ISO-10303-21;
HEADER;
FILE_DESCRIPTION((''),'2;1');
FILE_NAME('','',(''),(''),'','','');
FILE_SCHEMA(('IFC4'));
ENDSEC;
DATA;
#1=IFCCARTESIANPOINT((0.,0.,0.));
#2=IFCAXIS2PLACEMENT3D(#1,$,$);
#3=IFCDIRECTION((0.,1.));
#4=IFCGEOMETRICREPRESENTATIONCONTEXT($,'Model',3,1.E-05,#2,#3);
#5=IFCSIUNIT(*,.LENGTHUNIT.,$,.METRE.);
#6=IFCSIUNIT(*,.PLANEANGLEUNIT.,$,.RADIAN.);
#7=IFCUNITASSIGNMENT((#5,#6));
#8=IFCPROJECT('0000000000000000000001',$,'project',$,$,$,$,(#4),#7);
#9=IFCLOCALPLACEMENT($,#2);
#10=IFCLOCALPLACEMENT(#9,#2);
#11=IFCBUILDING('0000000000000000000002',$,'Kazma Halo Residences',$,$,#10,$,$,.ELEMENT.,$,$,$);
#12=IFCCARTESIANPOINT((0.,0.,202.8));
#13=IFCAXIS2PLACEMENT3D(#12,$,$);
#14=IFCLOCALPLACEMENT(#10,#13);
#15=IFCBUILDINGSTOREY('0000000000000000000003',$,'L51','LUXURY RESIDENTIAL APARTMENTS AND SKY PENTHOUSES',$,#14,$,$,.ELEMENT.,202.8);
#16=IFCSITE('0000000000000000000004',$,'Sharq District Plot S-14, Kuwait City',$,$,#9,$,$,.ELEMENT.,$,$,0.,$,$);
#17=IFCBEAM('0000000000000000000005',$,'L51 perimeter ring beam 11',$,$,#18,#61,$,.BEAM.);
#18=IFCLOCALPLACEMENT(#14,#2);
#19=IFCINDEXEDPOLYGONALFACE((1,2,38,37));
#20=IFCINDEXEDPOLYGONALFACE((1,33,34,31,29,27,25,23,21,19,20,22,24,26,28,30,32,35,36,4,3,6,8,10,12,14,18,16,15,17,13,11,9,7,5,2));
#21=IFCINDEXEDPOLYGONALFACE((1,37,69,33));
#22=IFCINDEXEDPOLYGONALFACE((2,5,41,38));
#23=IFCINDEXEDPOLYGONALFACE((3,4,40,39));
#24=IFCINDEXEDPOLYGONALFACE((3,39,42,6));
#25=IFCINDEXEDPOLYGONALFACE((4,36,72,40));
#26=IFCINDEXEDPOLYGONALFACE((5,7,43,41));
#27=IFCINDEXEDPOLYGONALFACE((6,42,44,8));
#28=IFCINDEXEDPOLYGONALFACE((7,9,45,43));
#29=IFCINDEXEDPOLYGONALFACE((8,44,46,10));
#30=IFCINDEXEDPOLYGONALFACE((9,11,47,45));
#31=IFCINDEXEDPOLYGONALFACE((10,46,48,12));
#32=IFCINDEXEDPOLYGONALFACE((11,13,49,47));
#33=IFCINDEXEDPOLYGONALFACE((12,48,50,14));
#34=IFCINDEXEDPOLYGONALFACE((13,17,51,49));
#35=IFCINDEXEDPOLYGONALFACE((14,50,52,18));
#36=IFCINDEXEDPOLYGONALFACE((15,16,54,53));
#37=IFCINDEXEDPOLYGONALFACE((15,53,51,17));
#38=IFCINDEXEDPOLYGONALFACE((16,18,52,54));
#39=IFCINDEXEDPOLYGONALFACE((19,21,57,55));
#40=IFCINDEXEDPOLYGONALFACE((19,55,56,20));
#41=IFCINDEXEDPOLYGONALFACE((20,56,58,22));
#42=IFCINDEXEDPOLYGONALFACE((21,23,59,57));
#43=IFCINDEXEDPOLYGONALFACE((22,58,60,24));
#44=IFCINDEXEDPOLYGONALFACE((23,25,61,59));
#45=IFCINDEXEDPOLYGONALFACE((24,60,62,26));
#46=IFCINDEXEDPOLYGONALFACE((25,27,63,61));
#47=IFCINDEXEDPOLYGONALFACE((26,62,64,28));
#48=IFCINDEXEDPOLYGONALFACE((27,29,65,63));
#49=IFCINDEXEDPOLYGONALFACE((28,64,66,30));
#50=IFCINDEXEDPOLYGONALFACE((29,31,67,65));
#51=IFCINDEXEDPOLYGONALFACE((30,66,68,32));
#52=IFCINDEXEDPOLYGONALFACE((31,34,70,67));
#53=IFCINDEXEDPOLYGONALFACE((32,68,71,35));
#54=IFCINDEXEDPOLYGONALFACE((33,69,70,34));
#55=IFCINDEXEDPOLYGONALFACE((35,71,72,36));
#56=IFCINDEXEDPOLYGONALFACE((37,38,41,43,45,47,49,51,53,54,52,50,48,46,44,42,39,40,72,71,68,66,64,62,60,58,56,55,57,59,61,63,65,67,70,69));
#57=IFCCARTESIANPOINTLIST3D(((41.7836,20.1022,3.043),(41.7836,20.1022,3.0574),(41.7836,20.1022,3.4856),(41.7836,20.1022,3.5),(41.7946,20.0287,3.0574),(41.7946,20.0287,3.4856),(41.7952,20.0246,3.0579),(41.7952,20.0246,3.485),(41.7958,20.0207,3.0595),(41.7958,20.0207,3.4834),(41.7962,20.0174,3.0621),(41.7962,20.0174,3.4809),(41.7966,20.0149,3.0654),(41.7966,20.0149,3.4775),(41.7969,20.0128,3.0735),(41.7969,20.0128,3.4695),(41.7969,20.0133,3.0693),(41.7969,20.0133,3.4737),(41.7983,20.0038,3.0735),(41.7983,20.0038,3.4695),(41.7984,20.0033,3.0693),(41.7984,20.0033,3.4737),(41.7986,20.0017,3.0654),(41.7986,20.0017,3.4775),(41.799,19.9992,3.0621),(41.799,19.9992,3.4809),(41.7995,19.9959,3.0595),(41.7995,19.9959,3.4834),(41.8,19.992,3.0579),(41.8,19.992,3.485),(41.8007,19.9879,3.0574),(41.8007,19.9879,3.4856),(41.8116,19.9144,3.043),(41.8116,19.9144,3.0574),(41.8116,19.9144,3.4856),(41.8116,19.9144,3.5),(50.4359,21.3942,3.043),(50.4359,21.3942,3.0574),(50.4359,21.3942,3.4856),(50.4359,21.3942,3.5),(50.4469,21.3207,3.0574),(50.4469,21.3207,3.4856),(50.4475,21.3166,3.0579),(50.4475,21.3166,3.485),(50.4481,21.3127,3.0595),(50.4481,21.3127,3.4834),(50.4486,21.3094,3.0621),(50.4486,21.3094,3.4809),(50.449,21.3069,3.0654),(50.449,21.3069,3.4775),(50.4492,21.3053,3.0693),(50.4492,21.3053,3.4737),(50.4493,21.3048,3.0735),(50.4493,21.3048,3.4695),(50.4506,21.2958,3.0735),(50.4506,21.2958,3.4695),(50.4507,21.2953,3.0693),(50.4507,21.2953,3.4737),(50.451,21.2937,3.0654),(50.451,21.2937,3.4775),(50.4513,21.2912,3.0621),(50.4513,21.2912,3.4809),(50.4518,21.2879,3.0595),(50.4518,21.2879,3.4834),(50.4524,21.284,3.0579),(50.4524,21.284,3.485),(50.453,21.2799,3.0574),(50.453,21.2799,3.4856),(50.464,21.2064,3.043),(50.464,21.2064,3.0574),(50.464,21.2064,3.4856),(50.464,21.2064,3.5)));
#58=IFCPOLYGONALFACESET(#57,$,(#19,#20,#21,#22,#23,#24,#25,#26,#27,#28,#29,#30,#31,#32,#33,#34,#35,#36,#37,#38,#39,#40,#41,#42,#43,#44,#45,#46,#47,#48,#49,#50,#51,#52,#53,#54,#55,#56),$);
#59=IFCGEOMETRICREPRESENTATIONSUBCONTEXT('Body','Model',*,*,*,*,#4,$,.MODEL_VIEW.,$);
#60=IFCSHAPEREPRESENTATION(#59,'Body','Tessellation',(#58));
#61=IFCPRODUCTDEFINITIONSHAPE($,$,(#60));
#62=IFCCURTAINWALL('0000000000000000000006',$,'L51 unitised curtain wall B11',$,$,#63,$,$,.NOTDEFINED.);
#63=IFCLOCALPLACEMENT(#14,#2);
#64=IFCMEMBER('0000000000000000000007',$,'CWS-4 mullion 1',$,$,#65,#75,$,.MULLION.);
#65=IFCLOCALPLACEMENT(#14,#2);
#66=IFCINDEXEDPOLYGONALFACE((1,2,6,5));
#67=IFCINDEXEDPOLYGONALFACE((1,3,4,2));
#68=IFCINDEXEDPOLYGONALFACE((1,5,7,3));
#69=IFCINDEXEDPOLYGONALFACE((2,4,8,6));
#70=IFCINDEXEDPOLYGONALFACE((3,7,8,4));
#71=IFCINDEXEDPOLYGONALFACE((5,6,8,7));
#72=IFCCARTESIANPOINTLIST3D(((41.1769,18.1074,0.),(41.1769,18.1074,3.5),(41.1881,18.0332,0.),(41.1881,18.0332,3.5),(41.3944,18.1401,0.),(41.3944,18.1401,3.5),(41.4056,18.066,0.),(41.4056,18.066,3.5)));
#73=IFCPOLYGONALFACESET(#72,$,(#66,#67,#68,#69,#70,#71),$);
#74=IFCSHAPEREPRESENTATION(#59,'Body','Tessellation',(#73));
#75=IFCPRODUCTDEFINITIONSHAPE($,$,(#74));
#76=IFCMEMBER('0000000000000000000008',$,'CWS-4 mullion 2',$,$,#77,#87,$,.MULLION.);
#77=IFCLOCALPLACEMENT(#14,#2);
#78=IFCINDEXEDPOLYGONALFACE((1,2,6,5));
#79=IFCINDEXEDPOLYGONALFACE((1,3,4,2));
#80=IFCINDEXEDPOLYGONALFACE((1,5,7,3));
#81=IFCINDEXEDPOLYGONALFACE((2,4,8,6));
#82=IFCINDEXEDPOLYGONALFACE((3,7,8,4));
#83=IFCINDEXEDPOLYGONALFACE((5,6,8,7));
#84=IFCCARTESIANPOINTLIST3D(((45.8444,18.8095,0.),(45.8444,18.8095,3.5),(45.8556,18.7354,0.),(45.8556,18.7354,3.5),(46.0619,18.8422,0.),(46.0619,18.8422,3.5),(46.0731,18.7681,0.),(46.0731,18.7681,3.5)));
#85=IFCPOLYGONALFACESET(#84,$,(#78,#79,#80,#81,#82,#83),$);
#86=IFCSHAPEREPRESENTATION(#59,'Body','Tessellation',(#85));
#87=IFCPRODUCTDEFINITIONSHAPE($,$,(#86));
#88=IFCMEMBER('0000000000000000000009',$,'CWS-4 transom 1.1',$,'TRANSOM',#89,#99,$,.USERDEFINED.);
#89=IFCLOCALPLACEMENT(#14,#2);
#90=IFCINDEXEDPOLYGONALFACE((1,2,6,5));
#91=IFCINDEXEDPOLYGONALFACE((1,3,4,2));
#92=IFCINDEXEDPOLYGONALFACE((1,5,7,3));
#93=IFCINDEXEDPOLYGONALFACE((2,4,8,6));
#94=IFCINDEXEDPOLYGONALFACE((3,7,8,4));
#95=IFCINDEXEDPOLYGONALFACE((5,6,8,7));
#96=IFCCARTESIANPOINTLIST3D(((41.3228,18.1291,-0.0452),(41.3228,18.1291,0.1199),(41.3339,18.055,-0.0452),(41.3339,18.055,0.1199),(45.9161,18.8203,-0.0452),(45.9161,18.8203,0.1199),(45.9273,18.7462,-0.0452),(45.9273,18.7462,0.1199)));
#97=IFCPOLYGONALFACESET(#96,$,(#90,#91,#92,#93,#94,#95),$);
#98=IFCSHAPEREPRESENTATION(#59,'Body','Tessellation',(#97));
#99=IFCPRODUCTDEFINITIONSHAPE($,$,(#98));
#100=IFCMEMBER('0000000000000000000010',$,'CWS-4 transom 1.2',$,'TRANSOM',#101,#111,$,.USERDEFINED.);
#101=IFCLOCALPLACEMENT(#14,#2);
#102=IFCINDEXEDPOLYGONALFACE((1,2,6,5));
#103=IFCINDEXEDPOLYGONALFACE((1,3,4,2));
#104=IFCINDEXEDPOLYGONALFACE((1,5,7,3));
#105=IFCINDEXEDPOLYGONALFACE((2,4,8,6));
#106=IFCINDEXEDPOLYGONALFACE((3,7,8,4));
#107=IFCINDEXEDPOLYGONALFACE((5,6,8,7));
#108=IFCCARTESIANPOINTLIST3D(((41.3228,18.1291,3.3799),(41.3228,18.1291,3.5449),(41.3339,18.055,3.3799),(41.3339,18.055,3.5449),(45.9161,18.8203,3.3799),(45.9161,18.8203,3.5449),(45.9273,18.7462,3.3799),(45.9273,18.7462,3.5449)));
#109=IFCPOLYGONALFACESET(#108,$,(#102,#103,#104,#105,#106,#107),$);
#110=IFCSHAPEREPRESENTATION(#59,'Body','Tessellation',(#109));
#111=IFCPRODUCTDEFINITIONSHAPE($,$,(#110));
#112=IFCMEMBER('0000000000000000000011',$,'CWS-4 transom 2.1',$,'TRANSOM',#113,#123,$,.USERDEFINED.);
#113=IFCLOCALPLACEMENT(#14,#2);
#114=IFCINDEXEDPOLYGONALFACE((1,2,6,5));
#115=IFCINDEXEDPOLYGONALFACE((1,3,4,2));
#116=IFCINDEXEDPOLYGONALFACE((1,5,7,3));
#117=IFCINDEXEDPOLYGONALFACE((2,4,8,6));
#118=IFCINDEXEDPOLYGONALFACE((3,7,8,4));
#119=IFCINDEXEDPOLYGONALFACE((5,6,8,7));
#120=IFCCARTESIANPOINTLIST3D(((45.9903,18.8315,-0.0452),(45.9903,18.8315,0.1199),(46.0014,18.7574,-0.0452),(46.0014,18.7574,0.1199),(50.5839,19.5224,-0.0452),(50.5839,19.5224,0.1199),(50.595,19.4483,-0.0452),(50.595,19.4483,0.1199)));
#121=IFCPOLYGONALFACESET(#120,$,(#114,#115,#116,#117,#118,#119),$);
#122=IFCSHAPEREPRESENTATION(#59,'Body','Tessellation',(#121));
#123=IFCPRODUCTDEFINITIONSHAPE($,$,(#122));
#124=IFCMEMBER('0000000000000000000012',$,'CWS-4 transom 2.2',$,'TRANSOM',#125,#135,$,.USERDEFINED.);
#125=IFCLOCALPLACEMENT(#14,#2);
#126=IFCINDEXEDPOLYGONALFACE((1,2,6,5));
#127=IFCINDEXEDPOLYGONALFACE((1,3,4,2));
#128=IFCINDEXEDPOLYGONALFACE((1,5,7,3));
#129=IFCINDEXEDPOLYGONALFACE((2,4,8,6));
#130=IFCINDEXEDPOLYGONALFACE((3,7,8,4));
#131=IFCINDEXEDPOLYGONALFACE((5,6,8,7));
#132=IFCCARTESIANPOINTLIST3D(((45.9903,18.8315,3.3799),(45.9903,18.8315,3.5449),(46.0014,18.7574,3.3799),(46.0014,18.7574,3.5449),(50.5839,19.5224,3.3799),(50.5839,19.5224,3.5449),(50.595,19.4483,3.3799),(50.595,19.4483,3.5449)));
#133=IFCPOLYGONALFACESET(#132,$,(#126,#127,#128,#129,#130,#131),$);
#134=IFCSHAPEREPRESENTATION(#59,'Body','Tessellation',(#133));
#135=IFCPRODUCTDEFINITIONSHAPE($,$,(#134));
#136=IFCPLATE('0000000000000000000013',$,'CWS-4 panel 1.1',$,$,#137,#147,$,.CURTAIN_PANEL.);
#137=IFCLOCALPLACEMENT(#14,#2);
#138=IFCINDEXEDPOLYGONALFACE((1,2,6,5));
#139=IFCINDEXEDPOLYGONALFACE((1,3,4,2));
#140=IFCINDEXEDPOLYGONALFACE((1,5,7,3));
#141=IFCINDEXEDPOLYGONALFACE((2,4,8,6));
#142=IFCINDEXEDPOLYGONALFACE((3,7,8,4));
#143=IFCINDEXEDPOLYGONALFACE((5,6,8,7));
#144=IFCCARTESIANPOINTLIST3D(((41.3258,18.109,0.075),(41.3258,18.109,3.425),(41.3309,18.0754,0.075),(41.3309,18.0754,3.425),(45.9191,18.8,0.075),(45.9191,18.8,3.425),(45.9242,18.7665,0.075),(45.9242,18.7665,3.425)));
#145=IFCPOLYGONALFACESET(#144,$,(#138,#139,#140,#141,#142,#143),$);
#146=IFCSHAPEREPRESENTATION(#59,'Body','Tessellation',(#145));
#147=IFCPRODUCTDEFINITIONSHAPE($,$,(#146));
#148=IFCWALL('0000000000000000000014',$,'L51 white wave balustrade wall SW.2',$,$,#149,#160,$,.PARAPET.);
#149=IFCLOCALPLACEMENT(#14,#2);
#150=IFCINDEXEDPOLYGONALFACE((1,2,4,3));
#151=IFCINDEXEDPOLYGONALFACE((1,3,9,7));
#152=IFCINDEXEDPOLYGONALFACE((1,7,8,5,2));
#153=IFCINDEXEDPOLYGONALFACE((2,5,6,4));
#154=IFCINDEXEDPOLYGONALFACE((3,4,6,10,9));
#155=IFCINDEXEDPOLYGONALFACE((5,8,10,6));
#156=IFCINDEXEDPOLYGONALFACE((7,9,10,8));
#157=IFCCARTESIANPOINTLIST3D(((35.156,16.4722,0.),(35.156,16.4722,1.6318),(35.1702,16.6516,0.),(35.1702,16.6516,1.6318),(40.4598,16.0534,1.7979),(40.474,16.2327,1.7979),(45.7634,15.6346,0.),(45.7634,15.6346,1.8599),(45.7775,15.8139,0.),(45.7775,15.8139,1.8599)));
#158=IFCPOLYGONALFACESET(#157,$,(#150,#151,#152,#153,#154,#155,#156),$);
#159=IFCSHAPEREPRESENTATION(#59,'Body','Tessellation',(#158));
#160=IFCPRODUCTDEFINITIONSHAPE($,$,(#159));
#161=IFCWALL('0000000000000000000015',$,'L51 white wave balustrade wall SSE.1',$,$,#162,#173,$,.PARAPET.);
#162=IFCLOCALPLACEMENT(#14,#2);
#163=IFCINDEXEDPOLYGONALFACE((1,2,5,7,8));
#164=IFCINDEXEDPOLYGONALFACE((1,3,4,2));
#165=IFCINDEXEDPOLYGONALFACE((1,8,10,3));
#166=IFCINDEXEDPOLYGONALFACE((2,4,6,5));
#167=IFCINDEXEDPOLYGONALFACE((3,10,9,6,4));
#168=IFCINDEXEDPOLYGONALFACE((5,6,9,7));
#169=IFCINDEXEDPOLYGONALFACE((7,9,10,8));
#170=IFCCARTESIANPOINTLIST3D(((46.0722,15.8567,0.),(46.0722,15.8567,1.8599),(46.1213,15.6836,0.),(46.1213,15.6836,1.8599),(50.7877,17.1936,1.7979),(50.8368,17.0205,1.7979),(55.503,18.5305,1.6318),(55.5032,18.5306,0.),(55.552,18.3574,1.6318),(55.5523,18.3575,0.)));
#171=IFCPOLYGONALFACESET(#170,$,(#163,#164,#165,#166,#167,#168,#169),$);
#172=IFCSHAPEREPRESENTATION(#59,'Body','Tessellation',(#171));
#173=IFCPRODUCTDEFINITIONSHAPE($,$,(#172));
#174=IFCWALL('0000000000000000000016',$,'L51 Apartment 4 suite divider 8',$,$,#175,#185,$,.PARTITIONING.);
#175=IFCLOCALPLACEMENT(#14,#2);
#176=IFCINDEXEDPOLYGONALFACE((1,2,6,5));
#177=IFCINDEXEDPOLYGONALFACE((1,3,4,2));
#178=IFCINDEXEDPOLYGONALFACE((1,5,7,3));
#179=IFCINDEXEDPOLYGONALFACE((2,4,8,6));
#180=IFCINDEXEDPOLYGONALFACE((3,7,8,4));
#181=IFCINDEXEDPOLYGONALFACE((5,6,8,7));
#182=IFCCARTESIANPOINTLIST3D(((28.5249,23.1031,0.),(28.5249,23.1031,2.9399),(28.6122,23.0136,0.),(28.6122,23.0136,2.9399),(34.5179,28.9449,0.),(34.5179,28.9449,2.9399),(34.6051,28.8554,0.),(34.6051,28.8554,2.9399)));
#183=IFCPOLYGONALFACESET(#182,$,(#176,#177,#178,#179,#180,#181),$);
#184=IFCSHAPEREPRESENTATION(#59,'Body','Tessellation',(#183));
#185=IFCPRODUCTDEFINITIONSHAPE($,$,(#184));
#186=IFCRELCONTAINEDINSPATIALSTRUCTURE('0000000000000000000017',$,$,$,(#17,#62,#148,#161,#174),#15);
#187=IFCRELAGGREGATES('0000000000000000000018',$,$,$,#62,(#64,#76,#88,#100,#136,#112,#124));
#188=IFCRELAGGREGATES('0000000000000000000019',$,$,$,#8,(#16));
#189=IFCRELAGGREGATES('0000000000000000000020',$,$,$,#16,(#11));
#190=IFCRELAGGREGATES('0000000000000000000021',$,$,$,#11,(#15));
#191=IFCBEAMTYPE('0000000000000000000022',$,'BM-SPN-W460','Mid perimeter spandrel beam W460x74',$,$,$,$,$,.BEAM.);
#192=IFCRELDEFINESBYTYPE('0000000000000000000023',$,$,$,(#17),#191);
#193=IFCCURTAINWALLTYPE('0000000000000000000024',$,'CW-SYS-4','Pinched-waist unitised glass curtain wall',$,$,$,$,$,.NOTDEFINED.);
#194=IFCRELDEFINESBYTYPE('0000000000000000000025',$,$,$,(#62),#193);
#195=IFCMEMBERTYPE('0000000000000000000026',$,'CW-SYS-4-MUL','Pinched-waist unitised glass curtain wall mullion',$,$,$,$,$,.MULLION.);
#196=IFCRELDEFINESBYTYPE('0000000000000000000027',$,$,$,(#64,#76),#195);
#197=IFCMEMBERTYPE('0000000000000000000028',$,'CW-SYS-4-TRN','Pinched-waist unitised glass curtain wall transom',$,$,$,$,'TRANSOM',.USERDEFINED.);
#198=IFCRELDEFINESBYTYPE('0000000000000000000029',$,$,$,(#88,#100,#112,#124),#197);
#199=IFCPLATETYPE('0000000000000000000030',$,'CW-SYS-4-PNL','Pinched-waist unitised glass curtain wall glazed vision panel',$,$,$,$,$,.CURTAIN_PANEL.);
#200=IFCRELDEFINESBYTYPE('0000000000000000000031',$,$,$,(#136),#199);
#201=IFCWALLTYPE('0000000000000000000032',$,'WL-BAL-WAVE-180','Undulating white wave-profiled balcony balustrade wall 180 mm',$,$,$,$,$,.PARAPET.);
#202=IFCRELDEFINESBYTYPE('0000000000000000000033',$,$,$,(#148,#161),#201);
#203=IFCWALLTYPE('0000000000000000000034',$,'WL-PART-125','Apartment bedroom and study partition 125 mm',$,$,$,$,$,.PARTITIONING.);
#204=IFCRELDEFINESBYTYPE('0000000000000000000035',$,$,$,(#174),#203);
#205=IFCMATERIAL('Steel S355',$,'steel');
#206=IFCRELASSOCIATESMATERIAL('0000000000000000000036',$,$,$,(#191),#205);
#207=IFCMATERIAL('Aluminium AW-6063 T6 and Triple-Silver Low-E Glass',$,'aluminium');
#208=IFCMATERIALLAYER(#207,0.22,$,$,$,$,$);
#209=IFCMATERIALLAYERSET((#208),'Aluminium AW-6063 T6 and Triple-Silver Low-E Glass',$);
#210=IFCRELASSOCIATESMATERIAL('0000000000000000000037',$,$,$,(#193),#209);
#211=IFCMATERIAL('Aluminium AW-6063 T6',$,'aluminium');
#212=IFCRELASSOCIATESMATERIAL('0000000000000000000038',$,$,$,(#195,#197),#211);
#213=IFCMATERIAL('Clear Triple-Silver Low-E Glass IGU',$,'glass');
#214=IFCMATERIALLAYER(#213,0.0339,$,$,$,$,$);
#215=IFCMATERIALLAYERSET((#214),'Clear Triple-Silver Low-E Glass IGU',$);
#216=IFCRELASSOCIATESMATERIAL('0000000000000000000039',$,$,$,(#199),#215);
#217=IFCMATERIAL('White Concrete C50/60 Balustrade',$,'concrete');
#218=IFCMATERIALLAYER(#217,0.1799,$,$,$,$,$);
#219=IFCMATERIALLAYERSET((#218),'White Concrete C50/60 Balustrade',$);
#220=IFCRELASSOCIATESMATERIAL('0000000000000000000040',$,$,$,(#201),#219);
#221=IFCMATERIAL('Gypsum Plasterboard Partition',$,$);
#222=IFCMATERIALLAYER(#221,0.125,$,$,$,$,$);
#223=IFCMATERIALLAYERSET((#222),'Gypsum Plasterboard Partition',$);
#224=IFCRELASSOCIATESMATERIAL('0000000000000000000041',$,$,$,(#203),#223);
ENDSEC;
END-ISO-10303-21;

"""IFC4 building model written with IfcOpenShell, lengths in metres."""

from ifc_helpers import new_model, si_unit, direction, frame, frame_2d, origin, origin_2d, place, context, subcontext, project, spatial, polyline, rectangle, i_section, outline, extrude, material, layer, layer_set, material_profile, profile_set, type_object, element, aggregate, save


model = new_model("IFC4")

# Units and contexts
model_context = context("Model", 3, precision=1e-05, world=origin(), true_north=direction((0.0, 1.0)))
body_context = subcontext(model_context, "Body", "Model", "MODEL_VIEW")
ifc_project = project(units=[si_unit("LENGTHUNIT", "METRE"), si_unit("PLANEANGLEUNIT", "RADIAN")], contexts=[model_context])

# Site, building, storey
site_placement = place(None, origin())
site = spatial("IfcSite", under=ifc_project, at=site_placement, Name="Sharq District Plot S-14, Kuwait City", CompositionType="ELEMENT", RefElevation=0.0)
building_placement = place(site_placement, origin())
building = spatial("IfcBuilding", under=site, at=building_placement, Name="Kazma Halo Residences", CompositionType="ELEMENT")
storey_placement = place(building_placement, frame((0.0, 0.0, 202.8)))
storey = spatial("IfcBuildingStorey", under=building, at=storey_placement, Name="L51", Description="LUXURY RESIDENTIAL APARTMENTS AND SKY PENTHOUSES", CompositionType="ELEMENT", Elevation=202.8)

# Beam
ifc_material_1 = material(Name="Steel S355", Category="steel")
ifc_material_profile_1 = material_profile(ifc_material_1, i_section(OverallWidth=0.1899, OverallDepth=0.457, WebThickness=0.009, FlangeThickness=0.0144, FilletRadius=0.0161, at=origin_2d()), Name="W460x74")
ifc_profile_set_1 = profile_set([ifc_material_profile_1], Name="Steel S355")
beam_type_1 = type_object("IfcBeamType", Name="BM-SPN-W460", Description="Mid perimeter spandrel beam W460x74", PredefinedType="BEAM", material=ifc_profile_set_1)
beam_1_placement = place(storey_placement, frame((41.7976, 20.0083, 3.2715), z_axis=(0.989034, 0.147685, 0.0), x_axis=(-0.147685, 0.989034, 0.0)))
element("IfcBeam", 1, at=beam_1_placement, inside=storey, type_object=beam_type_1, Name="L51 perimeter ring beam 11", PredefinedType="BEAM", context=body_context, shape_type="SweptSolid", body=[
    extrude(i_section(OverallWidth=0.1899, OverallDepth=0.457, WebThickness=0.009, FlangeThickness=0.0144, FilletRadius=0.0161, at=origin_2d()), origin(), (0.0, 0.0, 1.0), 8.7483),
])

# Curtain wall, members, plate
ifc_material_2 = material(Name="Aluminium AW-6063 T6 and Triple-Silver Low-E Glass", Category="aluminium")
ifc_layer_1 = layer(ifc_material_2, 0.22)
ifc_layer_set_1 = layer_set([ifc_layer_1], Name="Aluminium AW-6063 T6 and Triple-Silver Low-E Glass")
curtain_wall_type = type_object("IfcCurtainWallType", Name="CW-SYS-4", Description="Pinched-waist unitised glass curtain wall", PredefinedType="NOTDEFINED", material=ifc_layer_set_1)
curtain_wall_placement = place(storey_placement, origin())
curtain_wall = element("IfcCurtainWall", 2, at=curtain_wall_placement, inside=storey, type_object=curtain_wall_type, Name="L51 unitised curtain wall B11", PredefinedType="NOTDEFINED")
ifc_material_3 = material(Name="Aluminium AW-6063 T6", Category="aluminium")
ifc_material_profile_2 = material_profile(ifc_material_3, rectangle(XDim=0.075, YDim=0.22, at=origin_2d()), Name="CWM-75x220")
ifc_profile_set_2 = profile_set([ifc_material_profile_2], Name="Aluminium AW-6063 T6")
member_type_1 = type_object("IfcMemberType", Name="CW-SYS-4-MUL", Description="Pinched-waist unitised glass curtain wall mullion", PredefinedType="MULLION", material=ifc_profile_set_2)
member_1_placement = place(storey_placement, frame((41.2913, 18.0867, 0.0), z_axis=(0.0, 0.0, 1.0), x_axis=(-0.148773, 0.988871, 0.0)))
member_1 = element("IfcMember", 3, at=member_1_placement, type_object=member_type_1, Name="CWS-4 mullion 1", PredefinedType="MULLION", context=body_context, shape_type="SweptSolid", body=[
    extrude(rectangle(XDim=0.075, YDim=0.22, at=origin_2d()), origin(), (0.0, 0.0, 1.0), 3.5),
])
member_2_placement = place(storey_placement, frame((45.9587, 18.7888, 0.0), z_axis=(0.0, 0.0, 1.0), x_axis=(-0.148773, 0.988871, 0.0)))
member_2 = element("IfcMember", 4, at=member_2_placement, type_object=member_type_1, Name="CWS-4 mullion 2", PredefinedType="MULLION", context=body_context, shape_type="SweptSolid", body=[
    extrude(rectangle(XDim=0.075, YDim=0.22, at=origin_2d()), origin(), (0.0, 0.0, 1.0), 3.5),
])
ifc_material_profile_3 = material_profile(ifc_material_3, rectangle(XDim=0.075, YDim=0.165, at=origin_2d()), Name="CWT-75x165")
ifc_profile_set_3 = profile_set([ifc_material_profile_3], Name="Aluminium AW-6063 T6")
member_type_2 = type_object("IfcMemberType", Name="CW-SYS-4-TRN", Description="Pinched-waist unitised glass curtain wall transom", ElementType="TRANSOM", PredefinedType="USERDEFINED", material=ifc_profile_set_3)
member_3_placement = place(storey_placement, frame((41.3284, 18.092, 0.0374), z_axis=(0.988868, 0.148798, 0.0), x_axis=(-0.148798, 0.988868, 0.0)))
member_3 = element("IfcMember", 5, at=member_3_placement, type_object=member_type_2, Name="CWS-4 transom 1.1", ObjectType="TRANSOM", PredefinedType="USERDEFINED", context=body_context, shape_type="SweptSolid", body=[
    extrude(rectangle(XDim=0.075, YDim=0.165, at=origin_2d()), origin(), (0.0, 0.0, 1.0), 4.645),
])
member_4_placement = place(storey_placement, frame((41.3284, 18.092, 3.4624), z_axis=(0.988868, 0.148798, 0.0), x_axis=(-0.148798, 0.988868, 0.0)))
member_4 = element("IfcMember", 6, at=member_4_placement, type_object=member_type_2, Name="CWS-4 transom 1.2", ObjectType="TRANSOM", PredefinedType="USERDEFINED", context=body_context, shape_type="SweptSolid", body=[
    extrude(rectangle(XDim=0.075, YDim=0.165, at=origin_2d()), origin(), (0.0, 0.0, 1.0), 4.645),
])
member_5_placement = place(storey_placement, frame((45.9958, 18.7944, 0.0374), z_axis=(0.988877, 0.148739, 0.0), x_axis=(-0.148739, 0.988877, 0.0)))
member_5 = element("IfcMember", 7, at=member_5_placement, type_object=member_type_2, Name="CWS-4 transom 2.1", ObjectType="TRANSOM", PredefinedType="USERDEFINED", context=body_context, shape_type="SweptSolid", body=[
    extrude(rectangle(XDim=0.075, YDim=0.165, at=origin_2d()), origin(), (0.0, 0.0, 1.0), 4.6453),
])
member_6_placement = place(storey_placement, frame((45.9958, 18.7944, 3.4624), z_axis=(0.988877, 0.148739, 0.0), x_axis=(-0.148739, 0.988877, 0.0)))
member_6 = element("IfcMember", 8, at=member_6_placement, type_object=member_type_2, Name="CWS-4 transom 2.2", ObjectType="TRANSOM", PredefinedType="USERDEFINED", context=body_context, shape_type="SweptSolid", body=[
    extrude(rectangle(XDim=0.075, YDim=0.165, at=origin_2d()), origin(), (0.0, 0.0, 1.0), 4.6453),
])
ifc_material_4 = material(Name="Clear Triple-Silver Low-E Glass IGU", Category="glass")
ifc_layer_2 = layer(ifc_material_4, 0.0339)
ifc_layer_set_2 = layer_set([ifc_layer_2], Name="Clear Triple-Silver Low-E Glass IGU")
plate_type = type_object("IfcPlateType", Name="CW-SYS-4-PNL", Description="Pinched-waist unitised glass curtain wall glazed vision panel", PredefinedType="CURTAIN_PANEL", material=ifc_layer_set_2)
plate_placement = place(storey_placement, frame((43.625, 18.4377, 0.075), z_axis=(0.0, 0.0, 1.0), x_axis=(0.988871, 0.148773, 0.0)))
plate = element("IfcPlate", 9, at=plate_placement, type_object=plate_type, Name="CWS-4 panel 1.1", PredefinedType="CURTAIN_PANEL", context=body_context, shape_type="SweptSolid", body=[
    extrude(rectangle(XDim=4.645, YDim=0.0339, at=origin_2d()), origin(), (0.0, 0.0, 1.0), 3.3501),
])
aggregate(curtain_wall, [member_1, member_2, member_3, member_4, plate, member_5, member_6])

# Walls
ifc_material_5 = material(Name="White Concrete C50/60 Balustrade", Category="concrete")
ifc_layer_3 = layer(ifc_material_5, 0.1799)
ifc_layer_set_3 = layer_set([ifc_layer_3], Name="White Concrete C50/60 Balustrade")
wall_type_1 = type_object("IfcWallType", Name="WL-BAL-WAVE-180", Description="Undulating white wave-profiled balcony balustrade wall 180 mm", PredefinedType="PARAPET", material=ifc_layer_set_3)
wall_1_placement = place(storey_placement, frame((35.1631, 16.562, 0.0), z_axis=(0.0, 0.0, 1.0), x_axis=(0.996897, -0.078723, 0.0)))
element("IfcWall", 10, at=wall_1_placement, inside=storey, type_object=wall_type_1, Name="L51 white wave balustrade wall SW.2", PredefinedType="PARAPET", context=body_context, shape_type="SweptSolid", body=[
    extrude(outline(polyline([(0.0, 0.0), (10.6404, 0.0), (10.6404, 1.8599), (5.3203, 1.7979), (0.0, 1.6318), (0.0, 0.0)])), frame((0.0, 0.0898, 0.0), z_axis=(0.0, -1.0, 0.0), x_axis=(1.0, 0.0, 0.0)), (0.0, 0.0, 1.0), 0.1799),
])
wall_2_placement = place(storey_placement, frame((46.0967, 15.7703, 0.0), z_axis=(0.0, 0.0, 1.0), x_axis=(0.96208, 0.272767, 0.0)))
element("IfcWall", 11, at=wall_2_placement, inside=storey, type_object=wall_type_1, Name="L51 white wave balustrade wall SSE.1", PredefinedType="PARAPET", context=body_context, shape_type="SweptSolid", body=[
    extrude(outline(polyline([(0.0, 0.0), (9.8027, 0.0), (9.8025, 1.6318), (4.9014, 1.7979), (0.0, 1.8599), (0.0, 0.0)])), frame((0.0, 0.0898, 0.0), z_axis=(0.0, -1.0, 0.0), x_axis=(1.0, 0.0, 0.0)), (0.0, 0.0, 1.0), 0.1799),
])
ifc_material_6 = material(Name="Gypsum Plasterboard Partition")
ifc_layer_4 = layer(ifc_material_6, 0.125)
ifc_layer_set_4 = layer_set([ifc_layer_4], Name="Gypsum Plasterboard Partition")
wall_type_2 = type_object("IfcWallType", Name="WL-PART-125", Description="Apartment bedroom and study partition 125 mm", PredefinedType="PARTITIONING", material=ifc_layer_set_4)
wall_3_placement = place(storey_placement, frame((34.5615, 28.9001, 0.0), z_axis=(0.0, 0.0, 1.0), x_axis=(-0.716078, -0.69802, 0.0)))
element("IfcWall", 12, at=wall_3_placement, inside=storey, type_object=wall_type_2, Name="L51 Apartment 4 suite divider 8", PredefinedType="PARTITIONING", context=body_context, shape_type="SweptSolid", body=[
    extrude(rectangle(XDim=8.3691, YDim=0.125, at=frame_2d((4.1846, 0.0))), origin(), (0.0, 0.0, 1.0), 2.9399),
])

save(model, "model.ifc")
